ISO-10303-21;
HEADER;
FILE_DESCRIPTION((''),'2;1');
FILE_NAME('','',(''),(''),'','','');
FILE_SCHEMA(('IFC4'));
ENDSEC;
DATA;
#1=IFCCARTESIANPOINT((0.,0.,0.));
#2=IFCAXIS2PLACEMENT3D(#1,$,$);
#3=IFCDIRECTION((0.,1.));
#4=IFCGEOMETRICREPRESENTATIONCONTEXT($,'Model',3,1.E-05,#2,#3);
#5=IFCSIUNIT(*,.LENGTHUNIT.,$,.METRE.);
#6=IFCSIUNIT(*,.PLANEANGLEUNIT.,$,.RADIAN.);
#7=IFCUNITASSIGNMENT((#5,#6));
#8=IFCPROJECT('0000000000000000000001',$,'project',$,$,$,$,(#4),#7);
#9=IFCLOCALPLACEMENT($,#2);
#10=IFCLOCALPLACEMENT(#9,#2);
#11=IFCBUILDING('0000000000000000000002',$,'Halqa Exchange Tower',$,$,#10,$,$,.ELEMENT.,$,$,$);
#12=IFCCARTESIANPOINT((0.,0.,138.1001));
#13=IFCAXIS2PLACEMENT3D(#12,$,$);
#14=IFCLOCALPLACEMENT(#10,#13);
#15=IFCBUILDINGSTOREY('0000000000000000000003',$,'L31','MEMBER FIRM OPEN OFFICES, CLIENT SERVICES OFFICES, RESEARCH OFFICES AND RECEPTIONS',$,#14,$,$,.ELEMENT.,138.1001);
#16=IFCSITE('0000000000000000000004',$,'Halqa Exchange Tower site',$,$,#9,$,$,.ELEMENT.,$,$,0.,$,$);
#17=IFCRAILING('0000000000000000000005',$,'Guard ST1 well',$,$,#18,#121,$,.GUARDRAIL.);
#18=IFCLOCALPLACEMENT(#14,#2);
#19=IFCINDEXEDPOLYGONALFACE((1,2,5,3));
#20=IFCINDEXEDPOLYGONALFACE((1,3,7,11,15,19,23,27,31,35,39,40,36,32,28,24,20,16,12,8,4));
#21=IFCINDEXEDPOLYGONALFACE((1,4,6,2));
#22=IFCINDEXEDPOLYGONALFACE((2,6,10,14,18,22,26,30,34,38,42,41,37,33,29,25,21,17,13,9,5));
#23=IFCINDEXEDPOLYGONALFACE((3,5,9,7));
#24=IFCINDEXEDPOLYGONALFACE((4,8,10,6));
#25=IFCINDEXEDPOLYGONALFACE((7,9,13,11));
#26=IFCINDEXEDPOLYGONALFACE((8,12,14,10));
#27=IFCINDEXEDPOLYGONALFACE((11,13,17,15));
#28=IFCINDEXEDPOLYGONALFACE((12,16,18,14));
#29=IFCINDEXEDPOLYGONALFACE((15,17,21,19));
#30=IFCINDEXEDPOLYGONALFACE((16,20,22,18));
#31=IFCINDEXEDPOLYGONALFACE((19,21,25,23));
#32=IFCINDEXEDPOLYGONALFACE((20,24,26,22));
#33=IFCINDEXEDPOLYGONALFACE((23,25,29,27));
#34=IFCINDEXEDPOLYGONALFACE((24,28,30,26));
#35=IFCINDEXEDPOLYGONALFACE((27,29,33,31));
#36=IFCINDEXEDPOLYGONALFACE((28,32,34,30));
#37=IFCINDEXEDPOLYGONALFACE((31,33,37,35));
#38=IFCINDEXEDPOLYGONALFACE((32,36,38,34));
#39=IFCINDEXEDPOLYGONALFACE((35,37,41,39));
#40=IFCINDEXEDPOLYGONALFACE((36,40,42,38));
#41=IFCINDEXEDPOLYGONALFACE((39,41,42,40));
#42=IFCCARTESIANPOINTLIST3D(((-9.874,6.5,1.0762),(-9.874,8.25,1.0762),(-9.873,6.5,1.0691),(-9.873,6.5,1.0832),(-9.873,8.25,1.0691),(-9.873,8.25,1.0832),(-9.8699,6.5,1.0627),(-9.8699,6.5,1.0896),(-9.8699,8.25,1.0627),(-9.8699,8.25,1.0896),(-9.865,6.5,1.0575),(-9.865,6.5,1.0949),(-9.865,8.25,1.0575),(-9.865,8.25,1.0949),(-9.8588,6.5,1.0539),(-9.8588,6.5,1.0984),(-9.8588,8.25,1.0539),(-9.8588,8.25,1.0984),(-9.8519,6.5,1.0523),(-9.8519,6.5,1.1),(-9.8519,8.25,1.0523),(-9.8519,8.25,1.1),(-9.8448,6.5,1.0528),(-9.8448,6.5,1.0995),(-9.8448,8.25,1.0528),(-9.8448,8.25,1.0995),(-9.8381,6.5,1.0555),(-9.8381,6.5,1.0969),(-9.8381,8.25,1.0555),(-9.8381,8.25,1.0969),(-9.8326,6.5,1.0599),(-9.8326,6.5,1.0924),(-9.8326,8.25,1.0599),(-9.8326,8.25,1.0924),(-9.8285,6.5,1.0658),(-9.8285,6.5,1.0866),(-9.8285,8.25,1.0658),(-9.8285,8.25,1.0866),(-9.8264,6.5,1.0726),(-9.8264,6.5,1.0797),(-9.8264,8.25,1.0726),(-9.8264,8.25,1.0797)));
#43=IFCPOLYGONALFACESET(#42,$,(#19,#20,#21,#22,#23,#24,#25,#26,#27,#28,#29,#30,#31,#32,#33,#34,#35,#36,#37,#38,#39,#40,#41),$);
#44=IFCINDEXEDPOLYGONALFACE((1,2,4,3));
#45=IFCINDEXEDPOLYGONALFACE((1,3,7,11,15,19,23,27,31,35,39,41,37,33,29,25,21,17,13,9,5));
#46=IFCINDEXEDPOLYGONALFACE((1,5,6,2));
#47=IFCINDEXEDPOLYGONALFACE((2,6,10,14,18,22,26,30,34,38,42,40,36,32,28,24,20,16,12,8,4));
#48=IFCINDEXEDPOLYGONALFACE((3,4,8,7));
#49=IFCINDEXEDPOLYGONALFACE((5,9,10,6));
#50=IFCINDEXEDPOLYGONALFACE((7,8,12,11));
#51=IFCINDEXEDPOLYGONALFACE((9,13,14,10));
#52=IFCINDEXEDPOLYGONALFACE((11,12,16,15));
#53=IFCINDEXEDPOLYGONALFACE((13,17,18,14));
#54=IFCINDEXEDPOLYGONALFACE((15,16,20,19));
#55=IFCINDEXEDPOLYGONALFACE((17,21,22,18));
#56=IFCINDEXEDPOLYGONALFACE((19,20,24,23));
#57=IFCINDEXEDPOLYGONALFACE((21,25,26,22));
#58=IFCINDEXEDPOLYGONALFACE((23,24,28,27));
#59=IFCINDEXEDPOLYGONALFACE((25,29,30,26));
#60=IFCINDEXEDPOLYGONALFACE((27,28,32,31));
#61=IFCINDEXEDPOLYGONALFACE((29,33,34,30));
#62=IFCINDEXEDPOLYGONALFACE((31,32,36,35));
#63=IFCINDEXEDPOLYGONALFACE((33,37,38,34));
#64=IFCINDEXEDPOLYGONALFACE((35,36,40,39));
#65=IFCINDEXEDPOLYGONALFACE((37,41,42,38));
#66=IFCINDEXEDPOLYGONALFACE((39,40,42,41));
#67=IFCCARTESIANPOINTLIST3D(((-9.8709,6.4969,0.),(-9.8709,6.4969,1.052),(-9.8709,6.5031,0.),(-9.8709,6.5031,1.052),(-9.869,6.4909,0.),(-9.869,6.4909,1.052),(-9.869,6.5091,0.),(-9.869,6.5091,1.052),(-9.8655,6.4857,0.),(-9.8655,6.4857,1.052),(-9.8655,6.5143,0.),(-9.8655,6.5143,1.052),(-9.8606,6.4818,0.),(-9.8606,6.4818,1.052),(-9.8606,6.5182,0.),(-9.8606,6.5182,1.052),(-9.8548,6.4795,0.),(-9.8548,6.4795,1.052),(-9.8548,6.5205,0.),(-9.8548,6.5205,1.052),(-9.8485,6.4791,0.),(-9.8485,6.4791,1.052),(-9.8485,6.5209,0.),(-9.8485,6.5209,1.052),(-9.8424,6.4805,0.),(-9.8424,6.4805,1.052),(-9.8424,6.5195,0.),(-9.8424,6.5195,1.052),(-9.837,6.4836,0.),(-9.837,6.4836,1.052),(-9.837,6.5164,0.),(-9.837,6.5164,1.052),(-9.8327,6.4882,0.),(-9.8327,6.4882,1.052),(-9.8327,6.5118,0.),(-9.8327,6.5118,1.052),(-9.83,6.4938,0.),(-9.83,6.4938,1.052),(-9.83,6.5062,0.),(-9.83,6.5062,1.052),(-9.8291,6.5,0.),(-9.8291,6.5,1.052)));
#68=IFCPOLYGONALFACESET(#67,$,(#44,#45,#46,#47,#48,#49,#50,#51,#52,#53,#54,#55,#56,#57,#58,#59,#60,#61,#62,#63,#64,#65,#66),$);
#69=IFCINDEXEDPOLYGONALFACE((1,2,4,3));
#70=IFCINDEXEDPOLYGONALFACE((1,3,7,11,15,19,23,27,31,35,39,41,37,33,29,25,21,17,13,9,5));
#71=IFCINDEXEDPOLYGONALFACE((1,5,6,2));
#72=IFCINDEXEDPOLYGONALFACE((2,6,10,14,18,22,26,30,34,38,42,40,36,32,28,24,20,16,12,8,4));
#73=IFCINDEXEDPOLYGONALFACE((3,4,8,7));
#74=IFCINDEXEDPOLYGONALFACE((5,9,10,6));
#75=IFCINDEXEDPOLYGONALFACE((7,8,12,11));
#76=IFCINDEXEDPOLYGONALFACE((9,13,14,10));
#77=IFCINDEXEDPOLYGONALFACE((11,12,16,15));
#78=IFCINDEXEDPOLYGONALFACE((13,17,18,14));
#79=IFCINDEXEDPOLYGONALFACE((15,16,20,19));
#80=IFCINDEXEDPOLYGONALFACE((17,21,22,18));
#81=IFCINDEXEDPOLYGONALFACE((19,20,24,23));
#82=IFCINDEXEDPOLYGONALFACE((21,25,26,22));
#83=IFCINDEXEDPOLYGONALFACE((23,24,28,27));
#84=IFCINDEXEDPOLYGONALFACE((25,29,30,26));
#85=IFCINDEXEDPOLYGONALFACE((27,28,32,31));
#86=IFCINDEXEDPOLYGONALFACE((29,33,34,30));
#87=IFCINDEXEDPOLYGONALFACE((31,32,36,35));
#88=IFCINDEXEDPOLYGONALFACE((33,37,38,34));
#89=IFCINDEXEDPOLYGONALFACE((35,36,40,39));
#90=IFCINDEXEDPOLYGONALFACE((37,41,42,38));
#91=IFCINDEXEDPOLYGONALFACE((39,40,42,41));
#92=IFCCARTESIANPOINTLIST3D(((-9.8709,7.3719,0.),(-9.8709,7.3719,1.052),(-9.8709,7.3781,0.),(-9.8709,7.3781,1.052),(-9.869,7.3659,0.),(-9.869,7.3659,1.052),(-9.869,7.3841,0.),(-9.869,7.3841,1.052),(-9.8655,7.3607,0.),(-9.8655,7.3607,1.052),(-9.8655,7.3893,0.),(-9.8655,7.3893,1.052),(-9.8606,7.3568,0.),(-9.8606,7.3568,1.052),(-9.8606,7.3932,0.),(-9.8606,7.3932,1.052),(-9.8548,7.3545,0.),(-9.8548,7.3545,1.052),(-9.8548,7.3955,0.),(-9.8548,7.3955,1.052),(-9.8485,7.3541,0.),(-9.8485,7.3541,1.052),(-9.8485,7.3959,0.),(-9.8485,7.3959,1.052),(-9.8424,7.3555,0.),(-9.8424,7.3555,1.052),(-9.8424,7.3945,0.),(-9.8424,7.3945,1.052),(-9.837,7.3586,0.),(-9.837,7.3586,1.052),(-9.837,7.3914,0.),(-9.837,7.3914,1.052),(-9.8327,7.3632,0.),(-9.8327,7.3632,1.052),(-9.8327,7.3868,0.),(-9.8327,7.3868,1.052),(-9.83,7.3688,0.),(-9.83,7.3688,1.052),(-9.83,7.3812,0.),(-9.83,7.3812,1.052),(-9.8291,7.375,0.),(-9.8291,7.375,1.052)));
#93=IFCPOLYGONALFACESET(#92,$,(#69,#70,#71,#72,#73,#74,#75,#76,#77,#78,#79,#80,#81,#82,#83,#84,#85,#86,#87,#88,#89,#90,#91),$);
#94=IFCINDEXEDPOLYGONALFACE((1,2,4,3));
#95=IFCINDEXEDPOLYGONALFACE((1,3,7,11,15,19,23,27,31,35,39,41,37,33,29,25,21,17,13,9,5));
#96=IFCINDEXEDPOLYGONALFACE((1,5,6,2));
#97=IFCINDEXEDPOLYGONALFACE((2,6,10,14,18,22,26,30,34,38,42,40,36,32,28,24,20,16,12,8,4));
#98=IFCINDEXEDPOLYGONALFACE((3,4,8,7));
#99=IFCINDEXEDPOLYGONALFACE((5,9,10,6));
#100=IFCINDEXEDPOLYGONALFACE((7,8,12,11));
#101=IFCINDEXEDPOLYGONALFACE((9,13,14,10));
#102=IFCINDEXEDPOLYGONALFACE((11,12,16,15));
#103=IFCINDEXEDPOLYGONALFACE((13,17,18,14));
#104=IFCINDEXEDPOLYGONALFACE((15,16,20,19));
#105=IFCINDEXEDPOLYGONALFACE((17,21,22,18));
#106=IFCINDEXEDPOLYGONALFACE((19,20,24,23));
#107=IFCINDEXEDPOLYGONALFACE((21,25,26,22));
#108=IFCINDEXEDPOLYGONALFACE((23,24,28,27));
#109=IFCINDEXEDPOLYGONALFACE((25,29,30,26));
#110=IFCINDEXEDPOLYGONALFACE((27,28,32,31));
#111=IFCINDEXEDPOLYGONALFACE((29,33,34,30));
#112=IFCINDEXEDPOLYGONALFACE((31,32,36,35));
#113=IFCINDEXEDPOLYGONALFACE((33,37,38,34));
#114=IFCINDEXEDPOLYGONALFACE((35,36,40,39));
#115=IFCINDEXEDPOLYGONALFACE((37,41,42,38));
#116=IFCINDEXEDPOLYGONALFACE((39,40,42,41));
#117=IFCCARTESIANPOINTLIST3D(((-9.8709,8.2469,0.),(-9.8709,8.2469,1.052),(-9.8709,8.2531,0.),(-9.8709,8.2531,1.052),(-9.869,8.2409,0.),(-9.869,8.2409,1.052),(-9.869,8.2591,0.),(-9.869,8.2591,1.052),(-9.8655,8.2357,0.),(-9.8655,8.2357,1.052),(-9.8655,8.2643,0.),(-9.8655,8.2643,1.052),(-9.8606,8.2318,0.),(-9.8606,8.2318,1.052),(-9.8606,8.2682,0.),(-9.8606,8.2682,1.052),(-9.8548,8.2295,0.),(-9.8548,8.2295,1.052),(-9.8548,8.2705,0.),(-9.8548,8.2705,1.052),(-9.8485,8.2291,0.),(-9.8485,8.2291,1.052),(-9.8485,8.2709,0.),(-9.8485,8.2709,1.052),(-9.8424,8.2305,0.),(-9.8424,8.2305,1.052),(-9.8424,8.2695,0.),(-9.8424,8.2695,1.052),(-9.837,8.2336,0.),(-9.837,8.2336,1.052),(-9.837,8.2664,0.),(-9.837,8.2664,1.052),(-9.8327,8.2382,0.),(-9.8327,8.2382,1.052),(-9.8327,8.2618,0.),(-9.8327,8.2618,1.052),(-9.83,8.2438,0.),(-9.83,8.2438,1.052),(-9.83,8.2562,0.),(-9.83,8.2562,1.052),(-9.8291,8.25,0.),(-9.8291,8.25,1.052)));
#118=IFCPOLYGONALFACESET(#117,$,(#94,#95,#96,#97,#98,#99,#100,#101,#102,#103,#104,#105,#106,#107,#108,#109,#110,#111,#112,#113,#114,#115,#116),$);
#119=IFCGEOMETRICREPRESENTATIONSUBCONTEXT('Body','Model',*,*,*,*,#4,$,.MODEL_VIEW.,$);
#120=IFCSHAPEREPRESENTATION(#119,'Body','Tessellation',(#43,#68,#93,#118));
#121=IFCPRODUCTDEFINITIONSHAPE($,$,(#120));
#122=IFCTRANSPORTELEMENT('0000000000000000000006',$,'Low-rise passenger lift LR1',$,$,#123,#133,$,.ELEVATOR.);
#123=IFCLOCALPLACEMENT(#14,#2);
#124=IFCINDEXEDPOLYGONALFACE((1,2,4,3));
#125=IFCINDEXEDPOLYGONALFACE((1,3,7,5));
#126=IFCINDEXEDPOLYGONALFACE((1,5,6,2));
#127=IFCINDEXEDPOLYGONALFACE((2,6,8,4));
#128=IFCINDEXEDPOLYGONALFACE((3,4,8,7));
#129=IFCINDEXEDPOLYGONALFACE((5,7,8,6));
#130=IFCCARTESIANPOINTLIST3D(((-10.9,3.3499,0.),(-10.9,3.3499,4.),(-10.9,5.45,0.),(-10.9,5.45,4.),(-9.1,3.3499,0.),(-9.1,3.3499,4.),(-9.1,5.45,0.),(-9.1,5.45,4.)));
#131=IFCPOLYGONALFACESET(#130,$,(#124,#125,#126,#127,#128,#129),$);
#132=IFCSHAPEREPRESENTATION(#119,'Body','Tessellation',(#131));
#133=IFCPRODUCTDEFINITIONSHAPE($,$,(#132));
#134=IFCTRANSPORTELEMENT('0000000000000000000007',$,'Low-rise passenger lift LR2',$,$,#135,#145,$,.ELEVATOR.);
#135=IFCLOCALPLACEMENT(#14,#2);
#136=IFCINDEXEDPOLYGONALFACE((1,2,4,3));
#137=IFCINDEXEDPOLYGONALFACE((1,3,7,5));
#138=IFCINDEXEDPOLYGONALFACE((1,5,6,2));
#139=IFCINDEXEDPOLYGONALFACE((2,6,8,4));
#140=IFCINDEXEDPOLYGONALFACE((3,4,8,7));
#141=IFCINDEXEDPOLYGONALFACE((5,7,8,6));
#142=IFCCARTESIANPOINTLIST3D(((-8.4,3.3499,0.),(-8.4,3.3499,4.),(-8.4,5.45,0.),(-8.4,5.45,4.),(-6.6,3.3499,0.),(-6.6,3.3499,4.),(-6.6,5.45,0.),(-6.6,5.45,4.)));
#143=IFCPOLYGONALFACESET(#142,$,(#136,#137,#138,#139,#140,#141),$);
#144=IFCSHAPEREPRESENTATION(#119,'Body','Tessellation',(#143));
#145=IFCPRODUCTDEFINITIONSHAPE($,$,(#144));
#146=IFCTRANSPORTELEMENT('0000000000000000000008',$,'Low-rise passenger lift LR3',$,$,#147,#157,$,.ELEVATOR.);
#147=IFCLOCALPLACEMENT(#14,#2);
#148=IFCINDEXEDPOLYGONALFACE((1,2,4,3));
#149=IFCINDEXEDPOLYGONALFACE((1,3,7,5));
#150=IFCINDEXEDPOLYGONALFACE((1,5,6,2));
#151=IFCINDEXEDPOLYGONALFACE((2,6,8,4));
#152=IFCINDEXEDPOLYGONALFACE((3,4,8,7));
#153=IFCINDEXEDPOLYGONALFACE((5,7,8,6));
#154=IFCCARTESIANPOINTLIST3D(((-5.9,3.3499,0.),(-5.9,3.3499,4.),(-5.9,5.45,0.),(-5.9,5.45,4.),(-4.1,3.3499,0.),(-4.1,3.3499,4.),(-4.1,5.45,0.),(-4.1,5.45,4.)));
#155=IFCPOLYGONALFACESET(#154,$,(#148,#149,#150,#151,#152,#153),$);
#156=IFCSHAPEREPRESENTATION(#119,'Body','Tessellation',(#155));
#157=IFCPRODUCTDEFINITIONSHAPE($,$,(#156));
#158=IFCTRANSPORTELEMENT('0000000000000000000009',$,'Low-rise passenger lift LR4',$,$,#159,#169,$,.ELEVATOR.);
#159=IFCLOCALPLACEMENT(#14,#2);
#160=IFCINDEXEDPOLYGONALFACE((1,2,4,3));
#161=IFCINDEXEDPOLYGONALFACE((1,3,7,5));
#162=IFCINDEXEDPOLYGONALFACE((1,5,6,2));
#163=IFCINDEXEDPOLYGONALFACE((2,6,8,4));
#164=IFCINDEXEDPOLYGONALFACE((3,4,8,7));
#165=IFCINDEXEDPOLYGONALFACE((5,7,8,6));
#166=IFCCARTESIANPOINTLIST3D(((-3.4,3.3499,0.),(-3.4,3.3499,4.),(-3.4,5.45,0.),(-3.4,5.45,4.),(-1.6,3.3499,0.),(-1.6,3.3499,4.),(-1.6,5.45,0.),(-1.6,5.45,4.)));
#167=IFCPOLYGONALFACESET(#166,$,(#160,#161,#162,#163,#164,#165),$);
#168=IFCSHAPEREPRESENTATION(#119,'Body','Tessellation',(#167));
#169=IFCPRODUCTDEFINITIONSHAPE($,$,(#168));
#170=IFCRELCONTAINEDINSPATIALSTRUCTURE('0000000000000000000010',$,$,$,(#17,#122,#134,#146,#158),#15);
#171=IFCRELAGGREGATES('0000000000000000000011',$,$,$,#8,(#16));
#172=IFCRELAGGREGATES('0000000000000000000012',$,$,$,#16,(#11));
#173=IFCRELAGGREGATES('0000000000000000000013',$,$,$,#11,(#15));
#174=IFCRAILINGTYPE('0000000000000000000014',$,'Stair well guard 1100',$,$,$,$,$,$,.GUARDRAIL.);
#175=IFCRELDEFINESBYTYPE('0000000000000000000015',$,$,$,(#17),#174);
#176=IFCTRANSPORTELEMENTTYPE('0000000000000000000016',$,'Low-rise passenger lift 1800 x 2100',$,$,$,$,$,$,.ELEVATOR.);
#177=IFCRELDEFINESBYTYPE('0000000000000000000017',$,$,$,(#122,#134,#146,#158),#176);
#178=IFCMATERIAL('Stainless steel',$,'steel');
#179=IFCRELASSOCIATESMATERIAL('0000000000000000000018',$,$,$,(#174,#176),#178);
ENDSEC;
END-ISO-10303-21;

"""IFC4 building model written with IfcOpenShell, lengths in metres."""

from ifc_helpers import new_model, si_unit, direction, frame, origin, origin_2d, place, context, subcontext, project, spatial, rectangle, circle, extrude, material, type_object, element, save


model = new_model("IFC4")

# Units and contexts
model_context = context("Model", 3, precision=1e-05, world=origin(), true_north=direction((0.0, 1.0)))
body_context = subcontext(model_context, "Body", "Model", "MODEL_VIEW")
ifc_project = project(units=[si_unit("LENGTHUNIT", "METRE"), si_unit("PLANEANGLEUNIT", "RADIAN")], contexts=[model_context])

# Site, building, storey
site_placement = place(None, origin())
site = spatial("IfcSite", under=ifc_project, at=site_placement, Name="Halqa Exchange Tower site", CompositionType="ELEMENT", RefElevation=0.0)
building_placement = place(site_placement, origin())
building = spatial("IfcBuilding", under=site, at=building_placement, Name="Halqa Exchange Tower", CompositionType="ELEMENT")
storey_placement = place(building_placement, frame((0.0, 0.0, 138.1001)))
storey = spatial("IfcBuildingStorey", under=building, at=storey_placement, Name="L31", Description="MEMBER FIRM OPEN OFFICES, CLIENT SERVICES OFFICES, RESEARCH OFFICES AND RECEPTIONS", CompositionType="ELEMENT", Elevation=138.1001)

# Shared definitions
ifc_material_1 = material(Name="Stainless steel", Category="steel")

# Railing
railing_type_1 = type_object("IfcRailingType", Name="Stair well guard 1100", PredefinedType="GUARDRAIL", material=ifc_material_1)
railing_1_placement = place(storey_placement, frame((-9.8501, 6.5, 0.0)))
element("IfcRailing", 1, at=railing_1_placement, inside=storey, type_object=railing_type_1, Name="Guard ST1 well", PredefinedType="GUARDRAIL", context=body_context, shape_type="SweptSolid", body=[
    extrude(circle(Radius=0.0239, at=origin_2d()), frame((0.0, 0.0, 1.0762), z_axis=(0.0, 1.0, 0.0), x_axis=(-1.0, 0.0, 0.0)), (0.0, 0.0, 1.0), 1.75),
    extrude(circle(Radius=0.021, at=origin_2d()), origin(), (0.0, 0.0, 1.0), 1.052),
    extrude(circle(Radius=0.021, at=origin_2d()), frame((0.0, 0.875, 0.0)), (0.0, 0.0, 1.0), 1.052),
    extrude(circle(Radius=0.021, at=origin_2d()), frame((0.0, 1.75, 0.0)), (0.0, 0.0, 1.0), 1.052),
])

# Transport elements
transport_element_type = type_object("IfcTransportElementType", Name="Low-rise passenger lift 1800 x 2100", PredefinedType="ELEVATOR", material=ifc_material_1)
for number, where, z_axis, x_axis, name in (
    (2, (-10.0, 4.3999, 0.0), (0.0, 0.0, 1.0), (1.0, 0.0, 0.0), "Low-rise passenger lift LR1"),
    (3, (-7.5, 4.3999, 0.0), (0.0, 0.0, 1.0), (1.0, 0.0, 0.0), "Low-rise passenger lift LR2"),
    (4, (-5.0, 4.3999, 0.0), (0.0, 0.0, 1.0), (1.0, 0.0, 0.0), "Low-rise passenger lift LR3"),
    (5, (-2.5, 4.3999, 0.0), (0.0, 0.0, 1.0), (1.0, 0.0, 0.0), "Low-rise passenger lift LR4"),
):
    element("IfcTransportElement", number, at=place(storey_placement, frame(where, z_axis=z_axis, x_axis=x_axis)), inside=storey, type_object=transport_element_type, Name=name, PredefinedType="ELEVATOR", context=body_context, shape_type="SweptSolid", body=[
        extrude(rectangle(XDim=1.8, YDim=2.1001, at=origin_2d()), origin(), (0.0, 0.0, 1.0), 4.0),
    ])

save(model, "model.ifc")
